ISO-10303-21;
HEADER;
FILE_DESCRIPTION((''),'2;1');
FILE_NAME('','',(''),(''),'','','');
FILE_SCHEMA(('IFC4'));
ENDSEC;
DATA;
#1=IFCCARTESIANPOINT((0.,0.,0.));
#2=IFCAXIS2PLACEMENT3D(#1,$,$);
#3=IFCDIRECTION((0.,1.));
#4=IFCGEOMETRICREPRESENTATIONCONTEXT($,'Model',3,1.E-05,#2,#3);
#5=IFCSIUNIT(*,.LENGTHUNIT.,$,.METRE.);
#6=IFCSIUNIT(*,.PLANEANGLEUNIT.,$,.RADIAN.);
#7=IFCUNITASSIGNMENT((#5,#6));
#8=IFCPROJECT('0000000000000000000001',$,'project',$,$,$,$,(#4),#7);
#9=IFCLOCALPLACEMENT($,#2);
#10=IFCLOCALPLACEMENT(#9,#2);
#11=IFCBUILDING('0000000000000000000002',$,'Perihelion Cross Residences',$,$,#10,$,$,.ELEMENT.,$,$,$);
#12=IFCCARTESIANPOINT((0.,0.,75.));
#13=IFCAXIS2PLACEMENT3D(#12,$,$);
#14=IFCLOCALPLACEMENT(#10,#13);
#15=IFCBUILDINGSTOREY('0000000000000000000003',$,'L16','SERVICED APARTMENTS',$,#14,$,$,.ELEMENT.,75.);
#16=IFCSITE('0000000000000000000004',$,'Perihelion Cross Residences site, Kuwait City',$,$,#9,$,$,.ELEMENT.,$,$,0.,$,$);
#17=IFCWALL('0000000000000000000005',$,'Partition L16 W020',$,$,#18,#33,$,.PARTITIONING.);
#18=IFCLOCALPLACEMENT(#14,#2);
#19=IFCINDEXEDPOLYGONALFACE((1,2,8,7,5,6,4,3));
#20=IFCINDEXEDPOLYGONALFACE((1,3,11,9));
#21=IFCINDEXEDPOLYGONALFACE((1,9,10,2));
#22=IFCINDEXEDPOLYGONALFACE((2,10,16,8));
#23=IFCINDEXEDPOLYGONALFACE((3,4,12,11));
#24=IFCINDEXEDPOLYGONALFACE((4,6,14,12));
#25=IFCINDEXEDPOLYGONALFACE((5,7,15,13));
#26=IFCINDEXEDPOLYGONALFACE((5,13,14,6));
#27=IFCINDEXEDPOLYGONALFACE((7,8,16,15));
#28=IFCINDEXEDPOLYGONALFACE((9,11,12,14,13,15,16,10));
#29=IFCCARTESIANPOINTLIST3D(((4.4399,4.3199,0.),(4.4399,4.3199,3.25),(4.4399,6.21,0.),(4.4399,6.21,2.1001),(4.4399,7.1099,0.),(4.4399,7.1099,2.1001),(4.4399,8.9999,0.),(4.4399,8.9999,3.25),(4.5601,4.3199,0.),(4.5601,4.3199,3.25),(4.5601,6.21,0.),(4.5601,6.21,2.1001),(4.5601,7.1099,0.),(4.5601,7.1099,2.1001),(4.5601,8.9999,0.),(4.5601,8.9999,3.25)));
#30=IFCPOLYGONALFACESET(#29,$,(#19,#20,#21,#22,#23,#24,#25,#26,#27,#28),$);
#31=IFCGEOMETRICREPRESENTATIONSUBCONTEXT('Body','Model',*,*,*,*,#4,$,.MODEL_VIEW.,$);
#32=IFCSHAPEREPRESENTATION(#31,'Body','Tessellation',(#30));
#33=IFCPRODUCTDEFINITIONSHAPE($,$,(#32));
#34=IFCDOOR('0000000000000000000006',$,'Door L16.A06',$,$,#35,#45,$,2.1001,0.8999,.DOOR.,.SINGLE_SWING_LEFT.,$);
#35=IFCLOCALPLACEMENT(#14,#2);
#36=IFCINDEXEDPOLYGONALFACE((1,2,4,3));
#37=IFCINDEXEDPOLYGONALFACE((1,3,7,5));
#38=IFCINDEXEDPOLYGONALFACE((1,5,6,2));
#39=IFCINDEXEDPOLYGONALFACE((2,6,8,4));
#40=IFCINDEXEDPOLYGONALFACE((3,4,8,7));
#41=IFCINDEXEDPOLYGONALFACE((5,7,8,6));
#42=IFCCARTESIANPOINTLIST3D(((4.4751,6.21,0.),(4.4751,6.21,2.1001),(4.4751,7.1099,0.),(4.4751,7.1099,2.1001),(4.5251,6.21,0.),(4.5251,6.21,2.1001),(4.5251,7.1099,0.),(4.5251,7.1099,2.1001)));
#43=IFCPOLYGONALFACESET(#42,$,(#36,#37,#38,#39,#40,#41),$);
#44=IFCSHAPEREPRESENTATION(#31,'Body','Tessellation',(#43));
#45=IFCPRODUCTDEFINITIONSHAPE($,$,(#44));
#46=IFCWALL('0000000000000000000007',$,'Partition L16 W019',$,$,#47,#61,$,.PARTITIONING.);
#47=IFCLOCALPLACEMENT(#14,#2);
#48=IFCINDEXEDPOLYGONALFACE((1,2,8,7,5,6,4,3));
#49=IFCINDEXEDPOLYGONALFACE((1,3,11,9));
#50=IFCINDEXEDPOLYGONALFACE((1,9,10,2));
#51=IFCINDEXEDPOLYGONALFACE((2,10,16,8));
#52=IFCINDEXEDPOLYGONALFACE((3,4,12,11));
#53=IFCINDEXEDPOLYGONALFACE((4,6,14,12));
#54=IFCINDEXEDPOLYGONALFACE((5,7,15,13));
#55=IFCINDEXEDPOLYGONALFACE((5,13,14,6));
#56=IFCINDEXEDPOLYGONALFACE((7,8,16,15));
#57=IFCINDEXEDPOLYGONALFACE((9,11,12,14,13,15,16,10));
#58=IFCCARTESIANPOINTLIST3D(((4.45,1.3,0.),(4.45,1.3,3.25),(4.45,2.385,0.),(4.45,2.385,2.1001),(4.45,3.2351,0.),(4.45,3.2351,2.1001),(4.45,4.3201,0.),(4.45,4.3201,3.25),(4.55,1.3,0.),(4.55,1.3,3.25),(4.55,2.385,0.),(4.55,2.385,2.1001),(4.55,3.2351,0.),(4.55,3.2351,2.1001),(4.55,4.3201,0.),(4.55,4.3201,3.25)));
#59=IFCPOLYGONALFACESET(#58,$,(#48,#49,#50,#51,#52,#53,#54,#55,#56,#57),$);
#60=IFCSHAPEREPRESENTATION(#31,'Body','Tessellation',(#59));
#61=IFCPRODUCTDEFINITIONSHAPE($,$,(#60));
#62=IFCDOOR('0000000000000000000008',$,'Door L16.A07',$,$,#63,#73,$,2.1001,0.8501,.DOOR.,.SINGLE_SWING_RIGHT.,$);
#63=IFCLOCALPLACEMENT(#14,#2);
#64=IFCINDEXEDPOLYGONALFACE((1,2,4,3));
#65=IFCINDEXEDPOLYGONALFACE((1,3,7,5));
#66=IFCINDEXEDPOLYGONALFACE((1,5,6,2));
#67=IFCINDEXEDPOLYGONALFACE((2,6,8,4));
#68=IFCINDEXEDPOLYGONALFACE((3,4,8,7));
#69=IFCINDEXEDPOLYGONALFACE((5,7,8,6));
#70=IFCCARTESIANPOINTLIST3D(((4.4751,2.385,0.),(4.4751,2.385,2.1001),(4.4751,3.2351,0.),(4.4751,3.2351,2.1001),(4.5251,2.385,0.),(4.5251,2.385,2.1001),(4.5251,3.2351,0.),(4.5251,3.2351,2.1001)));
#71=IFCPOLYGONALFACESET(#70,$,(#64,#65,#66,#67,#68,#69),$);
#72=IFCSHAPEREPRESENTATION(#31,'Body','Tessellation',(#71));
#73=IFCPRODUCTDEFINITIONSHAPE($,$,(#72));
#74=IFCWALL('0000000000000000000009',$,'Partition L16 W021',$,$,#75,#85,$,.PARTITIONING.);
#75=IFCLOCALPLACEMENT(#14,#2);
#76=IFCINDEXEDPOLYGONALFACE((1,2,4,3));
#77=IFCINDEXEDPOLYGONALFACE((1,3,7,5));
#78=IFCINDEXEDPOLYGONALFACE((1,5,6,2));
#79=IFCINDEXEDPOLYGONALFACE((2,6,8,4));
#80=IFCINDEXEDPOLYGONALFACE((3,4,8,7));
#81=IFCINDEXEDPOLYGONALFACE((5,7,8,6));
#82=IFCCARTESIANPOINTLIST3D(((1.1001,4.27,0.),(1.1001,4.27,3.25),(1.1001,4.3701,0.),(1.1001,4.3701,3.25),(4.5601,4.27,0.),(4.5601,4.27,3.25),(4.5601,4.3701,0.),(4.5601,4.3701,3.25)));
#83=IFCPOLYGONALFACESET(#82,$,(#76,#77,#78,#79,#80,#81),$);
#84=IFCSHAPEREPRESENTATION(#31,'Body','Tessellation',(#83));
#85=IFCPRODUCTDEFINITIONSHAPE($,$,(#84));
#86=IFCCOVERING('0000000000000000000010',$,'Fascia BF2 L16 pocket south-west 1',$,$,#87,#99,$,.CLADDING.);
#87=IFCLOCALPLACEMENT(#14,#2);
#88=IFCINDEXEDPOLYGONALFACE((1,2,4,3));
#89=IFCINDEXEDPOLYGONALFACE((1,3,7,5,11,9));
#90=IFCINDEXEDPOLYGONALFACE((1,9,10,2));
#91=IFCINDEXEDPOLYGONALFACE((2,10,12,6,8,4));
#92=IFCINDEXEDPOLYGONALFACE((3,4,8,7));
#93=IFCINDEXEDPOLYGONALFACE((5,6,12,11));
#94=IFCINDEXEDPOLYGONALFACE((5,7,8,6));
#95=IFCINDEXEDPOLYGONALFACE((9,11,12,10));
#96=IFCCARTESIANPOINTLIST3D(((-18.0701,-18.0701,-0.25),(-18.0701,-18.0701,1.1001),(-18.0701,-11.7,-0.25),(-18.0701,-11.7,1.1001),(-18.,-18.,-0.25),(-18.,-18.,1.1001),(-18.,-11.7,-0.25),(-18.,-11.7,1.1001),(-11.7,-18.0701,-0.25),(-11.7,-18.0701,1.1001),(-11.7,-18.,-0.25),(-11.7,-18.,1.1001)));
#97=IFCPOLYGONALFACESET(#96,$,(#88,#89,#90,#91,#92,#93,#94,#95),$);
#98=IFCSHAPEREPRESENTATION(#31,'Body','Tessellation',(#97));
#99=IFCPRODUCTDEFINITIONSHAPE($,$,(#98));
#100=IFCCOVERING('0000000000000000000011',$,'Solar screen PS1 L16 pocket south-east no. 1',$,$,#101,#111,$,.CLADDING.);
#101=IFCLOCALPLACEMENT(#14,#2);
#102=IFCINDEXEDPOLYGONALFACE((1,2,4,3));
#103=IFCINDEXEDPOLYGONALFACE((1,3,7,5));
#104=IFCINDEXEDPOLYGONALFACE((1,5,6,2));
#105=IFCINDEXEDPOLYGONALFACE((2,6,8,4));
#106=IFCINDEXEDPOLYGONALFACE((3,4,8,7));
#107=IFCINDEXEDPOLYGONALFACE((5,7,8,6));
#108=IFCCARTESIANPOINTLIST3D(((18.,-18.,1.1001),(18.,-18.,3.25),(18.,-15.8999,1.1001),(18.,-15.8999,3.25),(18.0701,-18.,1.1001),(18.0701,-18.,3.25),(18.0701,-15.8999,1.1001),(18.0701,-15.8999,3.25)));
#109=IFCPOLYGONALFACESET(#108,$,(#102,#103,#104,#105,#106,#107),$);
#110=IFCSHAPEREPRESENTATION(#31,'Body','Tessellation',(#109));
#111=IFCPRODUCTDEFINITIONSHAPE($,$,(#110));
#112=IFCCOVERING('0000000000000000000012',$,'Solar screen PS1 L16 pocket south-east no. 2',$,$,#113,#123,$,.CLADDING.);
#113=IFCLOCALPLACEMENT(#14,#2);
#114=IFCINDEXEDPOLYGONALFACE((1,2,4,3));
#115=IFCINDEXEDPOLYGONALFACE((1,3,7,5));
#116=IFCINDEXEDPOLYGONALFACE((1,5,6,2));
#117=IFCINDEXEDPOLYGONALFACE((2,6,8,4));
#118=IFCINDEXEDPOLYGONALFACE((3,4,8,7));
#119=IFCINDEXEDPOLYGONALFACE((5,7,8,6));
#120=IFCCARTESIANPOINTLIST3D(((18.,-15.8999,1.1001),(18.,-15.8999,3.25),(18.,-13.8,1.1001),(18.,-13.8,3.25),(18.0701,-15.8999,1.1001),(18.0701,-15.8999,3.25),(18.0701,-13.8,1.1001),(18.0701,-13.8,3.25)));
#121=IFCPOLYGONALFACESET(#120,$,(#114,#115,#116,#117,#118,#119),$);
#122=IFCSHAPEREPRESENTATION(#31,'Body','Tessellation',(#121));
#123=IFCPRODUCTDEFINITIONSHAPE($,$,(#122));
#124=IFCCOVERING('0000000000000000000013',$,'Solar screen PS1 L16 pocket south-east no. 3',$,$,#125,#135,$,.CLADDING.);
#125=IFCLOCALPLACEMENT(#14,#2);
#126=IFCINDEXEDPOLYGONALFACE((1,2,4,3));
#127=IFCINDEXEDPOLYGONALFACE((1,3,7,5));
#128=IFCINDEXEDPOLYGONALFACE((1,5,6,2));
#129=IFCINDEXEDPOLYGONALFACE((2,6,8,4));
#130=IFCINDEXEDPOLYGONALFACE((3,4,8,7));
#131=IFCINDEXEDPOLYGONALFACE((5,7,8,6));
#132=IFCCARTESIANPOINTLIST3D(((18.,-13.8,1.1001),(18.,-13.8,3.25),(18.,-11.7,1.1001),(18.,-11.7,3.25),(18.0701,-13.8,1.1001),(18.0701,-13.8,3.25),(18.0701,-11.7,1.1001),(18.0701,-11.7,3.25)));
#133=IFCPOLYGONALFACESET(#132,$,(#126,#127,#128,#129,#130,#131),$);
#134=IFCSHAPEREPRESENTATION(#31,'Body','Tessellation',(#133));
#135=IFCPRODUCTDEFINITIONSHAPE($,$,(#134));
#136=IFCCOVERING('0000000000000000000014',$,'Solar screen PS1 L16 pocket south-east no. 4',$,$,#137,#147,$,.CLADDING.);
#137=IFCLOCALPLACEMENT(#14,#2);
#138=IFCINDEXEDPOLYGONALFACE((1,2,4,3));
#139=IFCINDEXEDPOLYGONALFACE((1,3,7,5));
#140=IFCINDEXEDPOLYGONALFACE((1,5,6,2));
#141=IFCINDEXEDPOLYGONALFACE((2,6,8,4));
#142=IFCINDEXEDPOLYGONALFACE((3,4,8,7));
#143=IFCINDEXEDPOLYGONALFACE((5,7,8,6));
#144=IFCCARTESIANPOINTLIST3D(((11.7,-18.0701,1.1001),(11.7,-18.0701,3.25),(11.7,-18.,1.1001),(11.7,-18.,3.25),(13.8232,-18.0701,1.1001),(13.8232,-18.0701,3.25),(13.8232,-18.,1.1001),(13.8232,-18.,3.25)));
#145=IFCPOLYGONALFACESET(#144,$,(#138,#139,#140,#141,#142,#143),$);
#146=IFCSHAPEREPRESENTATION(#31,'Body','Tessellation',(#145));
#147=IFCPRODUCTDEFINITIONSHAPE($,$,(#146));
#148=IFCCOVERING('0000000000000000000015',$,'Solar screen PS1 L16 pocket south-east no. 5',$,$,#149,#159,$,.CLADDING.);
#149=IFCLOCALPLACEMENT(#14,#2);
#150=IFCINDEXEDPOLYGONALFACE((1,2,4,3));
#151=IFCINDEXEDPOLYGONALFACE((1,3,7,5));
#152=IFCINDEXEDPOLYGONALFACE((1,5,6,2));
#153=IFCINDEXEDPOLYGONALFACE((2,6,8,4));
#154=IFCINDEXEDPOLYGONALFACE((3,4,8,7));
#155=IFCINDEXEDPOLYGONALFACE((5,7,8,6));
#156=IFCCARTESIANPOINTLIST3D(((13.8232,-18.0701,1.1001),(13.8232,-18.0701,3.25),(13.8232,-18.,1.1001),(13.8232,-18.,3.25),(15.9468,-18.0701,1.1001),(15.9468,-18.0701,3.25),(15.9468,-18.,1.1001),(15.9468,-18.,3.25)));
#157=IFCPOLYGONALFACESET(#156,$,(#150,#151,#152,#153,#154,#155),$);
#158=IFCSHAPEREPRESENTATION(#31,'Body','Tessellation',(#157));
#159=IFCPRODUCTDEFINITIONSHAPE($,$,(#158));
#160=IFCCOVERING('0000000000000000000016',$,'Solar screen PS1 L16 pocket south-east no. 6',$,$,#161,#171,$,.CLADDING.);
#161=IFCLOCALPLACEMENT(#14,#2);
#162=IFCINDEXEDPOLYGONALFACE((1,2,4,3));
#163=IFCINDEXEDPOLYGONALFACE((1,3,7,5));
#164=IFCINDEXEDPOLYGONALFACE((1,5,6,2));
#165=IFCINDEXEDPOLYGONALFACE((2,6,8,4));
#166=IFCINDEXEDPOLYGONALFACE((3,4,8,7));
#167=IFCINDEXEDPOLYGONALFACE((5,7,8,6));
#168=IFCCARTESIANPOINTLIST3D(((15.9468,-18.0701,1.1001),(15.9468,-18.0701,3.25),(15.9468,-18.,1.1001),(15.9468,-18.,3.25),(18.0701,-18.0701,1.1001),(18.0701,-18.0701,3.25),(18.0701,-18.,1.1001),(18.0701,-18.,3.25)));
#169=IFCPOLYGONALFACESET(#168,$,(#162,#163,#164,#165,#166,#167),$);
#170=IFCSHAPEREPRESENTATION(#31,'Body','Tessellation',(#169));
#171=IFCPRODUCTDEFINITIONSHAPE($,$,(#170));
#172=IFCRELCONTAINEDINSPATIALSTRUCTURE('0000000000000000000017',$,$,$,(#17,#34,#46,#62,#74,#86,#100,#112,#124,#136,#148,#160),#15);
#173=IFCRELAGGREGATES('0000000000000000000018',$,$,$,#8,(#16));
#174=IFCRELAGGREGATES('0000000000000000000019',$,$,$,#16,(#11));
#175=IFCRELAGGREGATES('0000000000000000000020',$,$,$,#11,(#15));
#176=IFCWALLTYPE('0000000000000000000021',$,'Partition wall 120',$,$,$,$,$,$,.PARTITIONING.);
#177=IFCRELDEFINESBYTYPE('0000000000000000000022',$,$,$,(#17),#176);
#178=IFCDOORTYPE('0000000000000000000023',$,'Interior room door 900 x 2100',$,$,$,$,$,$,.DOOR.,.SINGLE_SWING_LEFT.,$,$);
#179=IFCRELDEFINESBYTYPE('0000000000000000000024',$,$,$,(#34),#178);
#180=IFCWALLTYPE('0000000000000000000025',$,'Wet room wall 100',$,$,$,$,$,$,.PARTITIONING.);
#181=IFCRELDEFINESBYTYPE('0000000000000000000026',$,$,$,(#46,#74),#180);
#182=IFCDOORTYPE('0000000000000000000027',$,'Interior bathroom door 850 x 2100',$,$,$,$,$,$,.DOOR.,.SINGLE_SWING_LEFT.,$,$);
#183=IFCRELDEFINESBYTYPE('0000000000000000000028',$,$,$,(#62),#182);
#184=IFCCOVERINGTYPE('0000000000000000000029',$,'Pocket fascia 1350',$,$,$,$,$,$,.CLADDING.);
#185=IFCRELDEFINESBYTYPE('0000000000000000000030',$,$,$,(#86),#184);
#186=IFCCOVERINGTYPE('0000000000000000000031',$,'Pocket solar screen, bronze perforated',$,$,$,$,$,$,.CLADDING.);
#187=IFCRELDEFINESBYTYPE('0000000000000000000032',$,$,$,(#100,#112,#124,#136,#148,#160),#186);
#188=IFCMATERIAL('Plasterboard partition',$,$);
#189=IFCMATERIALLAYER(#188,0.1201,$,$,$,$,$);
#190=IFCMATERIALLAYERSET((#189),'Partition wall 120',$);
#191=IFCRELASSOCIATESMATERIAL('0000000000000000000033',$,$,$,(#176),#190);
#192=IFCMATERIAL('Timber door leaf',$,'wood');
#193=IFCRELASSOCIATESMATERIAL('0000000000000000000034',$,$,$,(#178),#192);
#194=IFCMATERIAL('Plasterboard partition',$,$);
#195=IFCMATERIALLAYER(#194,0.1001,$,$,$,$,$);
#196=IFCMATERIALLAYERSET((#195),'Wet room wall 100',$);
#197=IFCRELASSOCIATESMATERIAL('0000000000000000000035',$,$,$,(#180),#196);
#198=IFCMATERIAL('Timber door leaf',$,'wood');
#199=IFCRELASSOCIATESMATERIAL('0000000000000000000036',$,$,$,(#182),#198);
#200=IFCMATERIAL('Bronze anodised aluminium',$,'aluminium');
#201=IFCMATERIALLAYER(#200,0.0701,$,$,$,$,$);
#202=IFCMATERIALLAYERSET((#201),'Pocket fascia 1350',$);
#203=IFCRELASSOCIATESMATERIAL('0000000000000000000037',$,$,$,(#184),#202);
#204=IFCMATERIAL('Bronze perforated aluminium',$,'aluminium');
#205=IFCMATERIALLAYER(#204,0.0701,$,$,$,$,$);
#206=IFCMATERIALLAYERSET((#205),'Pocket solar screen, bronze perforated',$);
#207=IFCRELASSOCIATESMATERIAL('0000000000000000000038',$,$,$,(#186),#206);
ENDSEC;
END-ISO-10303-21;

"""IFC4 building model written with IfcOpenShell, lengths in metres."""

from ifc_helpers import new_model, si_unit, direction, frame, frame_2d, origin, place, context, subcontext, project, spatial, polyline, rectangle, outline, extrude, material, layer, layer_set, type_object, element, fill, save


model = new_model("IFC4")

# Units and contexts
model_context = context("Model", 3, precision=1e-05, world=origin(), true_north=direction((0.0, 1.0)))
body_context = subcontext(model_context, "Body", "Model", "MODEL_VIEW")
ifc_project = project(units=[si_unit("LENGTHUNIT", "METRE"), si_unit("PLANEANGLEUNIT", "RADIAN")], contexts=[model_context])

# Site, building, storey
site_placement = place(None, origin())
site = spatial("IfcSite", under=ifc_project, at=site_placement, Name="Perihelion Cross Residences site, Kuwait City", CompositionType="ELEMENT", RefElevation=0.0)
building_placement = place(site_placement, origin())
building = spatial("IfcBuilding", under=site, at=building_placement, Name="Perihelion Cross Residences", CompositionType="ELEMENT")
storey_placement = place(building_placement, frame((0.0, 0.0, 75.0)))
storey = spatial("IfcBuildingStorey", under=building, at=storey_placement, Name="L16", Description="SERVICED APARTMENTS", CompositionType="ELEMENT", Elevation=75.0)

# Walls, openings, doors
ifc_material_1 = material(Name="Plasterboard partition")
ifc_layer_1 = layer(ifc_material_1, 0.1201)
ifc_layer_set_1 = layer_set([ifc_layer_1], Name="Partition wall 120")
wall_type_1 = type_object("IfcWallType", Name="Partition wall 120", PredefinedType="PARTITIONING", material=ifc_layer_set_1)
wall_1_placement = place(storey_placement, frame((4.5, 4.3201, 0.0), z_axis=(0.0, 0.0, 1.0), x_axis=(0.0, 1.0, 0.0)))
wall_1 = element("IfcWall", 1, at=wall_1_placement, inside=storey, type_object=wall_type_1, Name="Partition L16 W020", PredefinedType="PARTITIONING", context=body_context, shape_type="SweptSolid", body=[
    extrude(rectangle(XDim=4.6799, YDim=0.1201, at=frame_2d((2.3398, 0.0))), origin(), (0.0, 0.0, 1.0), 3.25),
])
opening_1_placement = place(wall_1_placement, frame((1.8899, 0.0, 0.0)))
opening_1 = element("IfcOpeningElement", 2, at=opening_1_placement, cuts=wall_1, PredefinedType="OPENING", context=body_context, shape_type="SweptSolid", body=[
    extrude(rectangle(XDim=0.8999, YDim=2.1001, at=frame_2d((0.45, 1.05))), frame((0.0, 0.0701, 0.0), z_axis=(0.0, -1.0, 0.0), x_axis=(1.0, 0.0, 0.0)), (0.0, 0.0, 1.0), 0.1401),
])
ifc_material_2 = material(Name="Timber door leaf", Category="wood")
door_type_1 = type_object("IfcDoorType", Name="Interior room door 900 x 2100", OperationType="SINGLE_SWING_LEFT", PredefinedType="DOOR", material=ifc_material_2)
door_1_placement = place(opening_1_placement, origin())
door_1 = element("IfcDoor", 3, at=door_1_placement, inside=storey, type_object=door_type_1, Name="Door L16.A06", OperationType="SINGLE_SWING_LEFT", OverallHeight=2.1001, OverallWidth=0.8999, PredefinedType="DOOR", context=body_context, shape_type="SweptSolid", body=[
    extrude(rectangle(XDim=0.8999, YDim=2.1001, at=frame_2d((0.45, 1.05))), frame((0.0, 0.0249, 0.0), z_axis=(0.0, -1.0, 0.0), x_axis=(1.0, 0.0, 0.0)), (0.0, 0.0, 1.0), 0.05),
])
fill(opening_1, door_1)
ifc_material_3 = material(Name="Plasterboard partition")
ifc_layer_2 = layer(ifc_material_3, 0.1001)
ifc_layer_set_2 = layer_set([ifc_layer_2], Name="Wet room wall 100")
wall_type_2 = type_object("IfcWallType", Name="Wet room wall 100", PredefinedType="PARTITIONING", material=ifc_layer_set_2)
wall_2_placement = place(storey_placement, frame((4.5, 1.3, 0.0), z_axis=(0.0, 0.0, 1.0), x_axis=(0.0, 1.0, 0.0)))
wall_2 = element("IfcWall", 4, at=wall_2_placement, inside=storey, type_object=wall_type_2, Name="Partition L16 W019", PredefinedType="PARTITIONING", context=body_context, shape_type="SweptSolid", body=[
    extrude(rectangle(XDim=3.02, YDim=0.1001, at=frame_2d((1.51, 0.0))), origin(), (0.0, 0.0, 1.0), 3.25),
])
opening_2_placement = place(wall_2_placement, frame((1.085, 0.0, 0.0)))
opening_2 = element("IfcOpeningElement", 5, at=opening_2_placement, cuts=wall_2, PredefinedType="OPENING", context=body_context, shape_type="SweptSolid", body=[
    extrude(rectangle(XDim=0.8501, YDim=2.1001, at=frame_2d((0.425, 1.05))), frame((0.0, 0.0601, 0.0), z_axis=(0.0, -1.0, 0.0), x_axis=(1.0, 0.0, 0.0)), (0.0, 0.0, 1.0), 0.1201),
])
ifc_material_4 = material(Name="Timber door leaf", Category="wood")
door_type_2 = type_object("IfcDoorType", Name="Interior bathroom door 850 x 2100", OperationType="SINGLE_SWING_LEFT", PredefinedType="DOOR", material=ifc_material_4)
door_2_placement = place(opening_2_placement, origin())
door_2 = element("IfcDoor", 6, at=door_2_placement, inside=storey, type_object=door_type_2, Name="Door L16.A07", OperationType="SINGLE_SWING_RIGHT", OverallHeight=2.1001, OverallWidth=0.8501, PredefinedType="DOOR", context=body_context, shape_type="SweptSolid", body=[
    extrude(rectangle(XDim=0.8501, YDim=2.1001, at=frame_2d((0.425, 1.05))), frame((0.0, 0.0249, 0.0), z_axis=(0.0, -1.0, 0.0), x_axis=(1.0, 0.0, 0.0)), (0.0, 0.0, 1.0), 0.05),
])
fill(opening_2, door_2)

# Wall
wall_3_placement = place(storey_placement, frame((1.1001, 4.3201, 0.0), z_axis=(0.0, 0.0, 1.0), x_axis=(1.0, 0.0, 0.0)))
element("IfcWall", 7, at=wall_3_placement, inside=storey, type_object=wall_type_2, Name="Partition L16 W021", PredefinedType="PARTITIONING", context=body_context, shape_type="SweptSolid", body=[
    extrude(rectangle(XDim=3.46, YDim=0.1001, at=frame_2d((1.73, 0.0))), origin(), (0.0, 0.0, 1.0), 3.25),
])

# Coverings
ifc_material_5 = material(Name="Bronze anodised aluminium", Category="aluminium")
ifc_layer_3 = layer(ifc_material_5, 0.0701)
ifc_layer_set_3 = layer_set([ifc_layer_3], Name="Pocket fascia 1350")
covering_type_1 = type_object("IfcCoveringType", Name="Pocket fascia 1350", PredefinedType="CLADDING", material=ifc_layer_set_3)
covering_1_placement = place(storey_placement, frame((0.0, 0.0, -0.25)))
element("IfcCovering", 8, at=covering_1_placement, inside=storey, type_object=covering_type_1, Name="Fascia BF2 L16 pocket south-west 1", PredefinedType="CLADDING", context=body_context, shape_type="SweptSolid", body=[
    extrude(outline(polyline([(-18.0701, -11.7), (-18.0701, -18.0701), (-11.7, -18.0701), (-11.7, -18.0), (-18.0, -18.0), (-18.0, -11.7), (-18.0701, -11.7)])), origin(), (0.0, 0.0, 1.0), 1.3501),
])
ifc_material_6 = material(Name="Bronze perforated aluminium", Category="aluminium")
ifc_layer_4 = layer(ifc_material_6, 0.0701)
ifc_layer_set_4 = layer_set([ifc_layer_4], Name="Pocket solar screen, bronze perforated")
covering_type_2 = type_object("IfcCoveringType", Name="Pocket solar screen, bronze perforated", PredefinedType="CLADDING", material=ifc_layer_set_4)
covering_2_placement = place(storey_placement, frame((0.0, 0.0, 1.1001)))
element("IfcCovering", 9, at=covering_2_placement, inside=storey, type_object=covering_type_2, Name="Solar screen PS1 L16 pocket south-east no. 1", PredefinedType="CLADDING", context=body_context, shape_type="SweptSolid", body=[
    extrude(outline(polyline([(18.0701, -18.0), (18.0701, -15.8999), (18.0, -15.8999), (18.0, -18.0), (18.0701, -18.0)])), origin(), (0.0, 0.0, 1.0), 2.1499),
])
covering_3_placement = place(storey_placement, frame((0.0, 0.0, 1.1001)))
element("IfcCovering", 10, at=covering_3_placement, inside=storey, type_object=covering_type_2, Name="Solar screen PS1 L16 pocket south-east no. 2", PredefinedType="CLADDING", context=body_context, shape_type="SweptSolid", body=[
    extrude(outline(polyline([(18.0701, -15.8999), (18.0701, -13.8), (18.0, -13.8), (18.0, -15.8999), (18.0701, -15.8999)])), origin(), (0.0, 0.0, 1.0), 2.1499),
])
covering_4_placement = place(storey_placement, frame((0.0, 0.0, 1.1001)))
element("IfcCovering", 11, at=covering_4_placement, inside=storey, type_object=covering_type_2, Name="Solar screen PS1 L16 pocket south-east no. 3", PredefinedType="CLADDING", context=body_context, shape_type="SweptSolid", body=[
    extrude(outline(polyline([(18.0701, -13.8), (18.0701, -11.7), (18.0, -11.7), (18.0, -13.8), (18.0701, -13.8)])), origin(), (0.0, 0.0, 1.0), 2.1499),
])
covering_5_placement = place(storey_placement, frame((0.0, 0.0, 1.1001)))
element("IfcCovering", 12, at=covering_5_placement, inside=storey, type_object=covering_type_2, Name="Solar screen PS1 L16 pocket south-east no. 4", PredefinedType="CLADDING", context=body_context, shape_type="SweptSolid", body=[
    extrude(outline(polyline([(13.8232, -18.0701), (13.8232, -18.0), (11.7, -18.0), (11.7, -18.0701), (13.8232, -18.0701)])), origin(), (0.0, 0.0, 1.0), 2.1499),
])
covering_6_placement = place(storey_placement, frame((0.0, 0.0, 1.1001)))
element("IfcCovering", 13, at=covering_6_placement, inside=storey, type_object=covering_type_2, Name="Solar screen PS1 L16 pocket south-east no. 5", PredefinedType="CLADDING", context=body_context, shape_type="SweptSolid", body=[
    extrude(outline(polyline([(15.9468, -18.0701), (15.9468, -18.0), (13.8232, -18.0), (13.8232, -18.0701), (15.9468, -18.0701)])), origin(), (0.0, 0.0, 1.0), 2.1499),
])
covering_7_placement = place(storey_placement, frame((0.0, 0.0, 1.1001)))
element("IfcCovering", 14, at=covering_7_placement, inside=storey, type_object=covering_type_2, Name="Solar screen PS1 L16 pocket south-east no. 6", PredefinedType="CLADDING", context=body_context, shape_type="SweptSolid", body=[
    extrude(outline(polyline([(18.0701, -18.0701), (18.0701, -18.0), (15.9468, -18.0), (15.9468, -18.0701), (18.0701, -18.0701)])), origin(), (0.0, 0.0, 1.0), 2.1499),
])

save(model, "model.ifc")
